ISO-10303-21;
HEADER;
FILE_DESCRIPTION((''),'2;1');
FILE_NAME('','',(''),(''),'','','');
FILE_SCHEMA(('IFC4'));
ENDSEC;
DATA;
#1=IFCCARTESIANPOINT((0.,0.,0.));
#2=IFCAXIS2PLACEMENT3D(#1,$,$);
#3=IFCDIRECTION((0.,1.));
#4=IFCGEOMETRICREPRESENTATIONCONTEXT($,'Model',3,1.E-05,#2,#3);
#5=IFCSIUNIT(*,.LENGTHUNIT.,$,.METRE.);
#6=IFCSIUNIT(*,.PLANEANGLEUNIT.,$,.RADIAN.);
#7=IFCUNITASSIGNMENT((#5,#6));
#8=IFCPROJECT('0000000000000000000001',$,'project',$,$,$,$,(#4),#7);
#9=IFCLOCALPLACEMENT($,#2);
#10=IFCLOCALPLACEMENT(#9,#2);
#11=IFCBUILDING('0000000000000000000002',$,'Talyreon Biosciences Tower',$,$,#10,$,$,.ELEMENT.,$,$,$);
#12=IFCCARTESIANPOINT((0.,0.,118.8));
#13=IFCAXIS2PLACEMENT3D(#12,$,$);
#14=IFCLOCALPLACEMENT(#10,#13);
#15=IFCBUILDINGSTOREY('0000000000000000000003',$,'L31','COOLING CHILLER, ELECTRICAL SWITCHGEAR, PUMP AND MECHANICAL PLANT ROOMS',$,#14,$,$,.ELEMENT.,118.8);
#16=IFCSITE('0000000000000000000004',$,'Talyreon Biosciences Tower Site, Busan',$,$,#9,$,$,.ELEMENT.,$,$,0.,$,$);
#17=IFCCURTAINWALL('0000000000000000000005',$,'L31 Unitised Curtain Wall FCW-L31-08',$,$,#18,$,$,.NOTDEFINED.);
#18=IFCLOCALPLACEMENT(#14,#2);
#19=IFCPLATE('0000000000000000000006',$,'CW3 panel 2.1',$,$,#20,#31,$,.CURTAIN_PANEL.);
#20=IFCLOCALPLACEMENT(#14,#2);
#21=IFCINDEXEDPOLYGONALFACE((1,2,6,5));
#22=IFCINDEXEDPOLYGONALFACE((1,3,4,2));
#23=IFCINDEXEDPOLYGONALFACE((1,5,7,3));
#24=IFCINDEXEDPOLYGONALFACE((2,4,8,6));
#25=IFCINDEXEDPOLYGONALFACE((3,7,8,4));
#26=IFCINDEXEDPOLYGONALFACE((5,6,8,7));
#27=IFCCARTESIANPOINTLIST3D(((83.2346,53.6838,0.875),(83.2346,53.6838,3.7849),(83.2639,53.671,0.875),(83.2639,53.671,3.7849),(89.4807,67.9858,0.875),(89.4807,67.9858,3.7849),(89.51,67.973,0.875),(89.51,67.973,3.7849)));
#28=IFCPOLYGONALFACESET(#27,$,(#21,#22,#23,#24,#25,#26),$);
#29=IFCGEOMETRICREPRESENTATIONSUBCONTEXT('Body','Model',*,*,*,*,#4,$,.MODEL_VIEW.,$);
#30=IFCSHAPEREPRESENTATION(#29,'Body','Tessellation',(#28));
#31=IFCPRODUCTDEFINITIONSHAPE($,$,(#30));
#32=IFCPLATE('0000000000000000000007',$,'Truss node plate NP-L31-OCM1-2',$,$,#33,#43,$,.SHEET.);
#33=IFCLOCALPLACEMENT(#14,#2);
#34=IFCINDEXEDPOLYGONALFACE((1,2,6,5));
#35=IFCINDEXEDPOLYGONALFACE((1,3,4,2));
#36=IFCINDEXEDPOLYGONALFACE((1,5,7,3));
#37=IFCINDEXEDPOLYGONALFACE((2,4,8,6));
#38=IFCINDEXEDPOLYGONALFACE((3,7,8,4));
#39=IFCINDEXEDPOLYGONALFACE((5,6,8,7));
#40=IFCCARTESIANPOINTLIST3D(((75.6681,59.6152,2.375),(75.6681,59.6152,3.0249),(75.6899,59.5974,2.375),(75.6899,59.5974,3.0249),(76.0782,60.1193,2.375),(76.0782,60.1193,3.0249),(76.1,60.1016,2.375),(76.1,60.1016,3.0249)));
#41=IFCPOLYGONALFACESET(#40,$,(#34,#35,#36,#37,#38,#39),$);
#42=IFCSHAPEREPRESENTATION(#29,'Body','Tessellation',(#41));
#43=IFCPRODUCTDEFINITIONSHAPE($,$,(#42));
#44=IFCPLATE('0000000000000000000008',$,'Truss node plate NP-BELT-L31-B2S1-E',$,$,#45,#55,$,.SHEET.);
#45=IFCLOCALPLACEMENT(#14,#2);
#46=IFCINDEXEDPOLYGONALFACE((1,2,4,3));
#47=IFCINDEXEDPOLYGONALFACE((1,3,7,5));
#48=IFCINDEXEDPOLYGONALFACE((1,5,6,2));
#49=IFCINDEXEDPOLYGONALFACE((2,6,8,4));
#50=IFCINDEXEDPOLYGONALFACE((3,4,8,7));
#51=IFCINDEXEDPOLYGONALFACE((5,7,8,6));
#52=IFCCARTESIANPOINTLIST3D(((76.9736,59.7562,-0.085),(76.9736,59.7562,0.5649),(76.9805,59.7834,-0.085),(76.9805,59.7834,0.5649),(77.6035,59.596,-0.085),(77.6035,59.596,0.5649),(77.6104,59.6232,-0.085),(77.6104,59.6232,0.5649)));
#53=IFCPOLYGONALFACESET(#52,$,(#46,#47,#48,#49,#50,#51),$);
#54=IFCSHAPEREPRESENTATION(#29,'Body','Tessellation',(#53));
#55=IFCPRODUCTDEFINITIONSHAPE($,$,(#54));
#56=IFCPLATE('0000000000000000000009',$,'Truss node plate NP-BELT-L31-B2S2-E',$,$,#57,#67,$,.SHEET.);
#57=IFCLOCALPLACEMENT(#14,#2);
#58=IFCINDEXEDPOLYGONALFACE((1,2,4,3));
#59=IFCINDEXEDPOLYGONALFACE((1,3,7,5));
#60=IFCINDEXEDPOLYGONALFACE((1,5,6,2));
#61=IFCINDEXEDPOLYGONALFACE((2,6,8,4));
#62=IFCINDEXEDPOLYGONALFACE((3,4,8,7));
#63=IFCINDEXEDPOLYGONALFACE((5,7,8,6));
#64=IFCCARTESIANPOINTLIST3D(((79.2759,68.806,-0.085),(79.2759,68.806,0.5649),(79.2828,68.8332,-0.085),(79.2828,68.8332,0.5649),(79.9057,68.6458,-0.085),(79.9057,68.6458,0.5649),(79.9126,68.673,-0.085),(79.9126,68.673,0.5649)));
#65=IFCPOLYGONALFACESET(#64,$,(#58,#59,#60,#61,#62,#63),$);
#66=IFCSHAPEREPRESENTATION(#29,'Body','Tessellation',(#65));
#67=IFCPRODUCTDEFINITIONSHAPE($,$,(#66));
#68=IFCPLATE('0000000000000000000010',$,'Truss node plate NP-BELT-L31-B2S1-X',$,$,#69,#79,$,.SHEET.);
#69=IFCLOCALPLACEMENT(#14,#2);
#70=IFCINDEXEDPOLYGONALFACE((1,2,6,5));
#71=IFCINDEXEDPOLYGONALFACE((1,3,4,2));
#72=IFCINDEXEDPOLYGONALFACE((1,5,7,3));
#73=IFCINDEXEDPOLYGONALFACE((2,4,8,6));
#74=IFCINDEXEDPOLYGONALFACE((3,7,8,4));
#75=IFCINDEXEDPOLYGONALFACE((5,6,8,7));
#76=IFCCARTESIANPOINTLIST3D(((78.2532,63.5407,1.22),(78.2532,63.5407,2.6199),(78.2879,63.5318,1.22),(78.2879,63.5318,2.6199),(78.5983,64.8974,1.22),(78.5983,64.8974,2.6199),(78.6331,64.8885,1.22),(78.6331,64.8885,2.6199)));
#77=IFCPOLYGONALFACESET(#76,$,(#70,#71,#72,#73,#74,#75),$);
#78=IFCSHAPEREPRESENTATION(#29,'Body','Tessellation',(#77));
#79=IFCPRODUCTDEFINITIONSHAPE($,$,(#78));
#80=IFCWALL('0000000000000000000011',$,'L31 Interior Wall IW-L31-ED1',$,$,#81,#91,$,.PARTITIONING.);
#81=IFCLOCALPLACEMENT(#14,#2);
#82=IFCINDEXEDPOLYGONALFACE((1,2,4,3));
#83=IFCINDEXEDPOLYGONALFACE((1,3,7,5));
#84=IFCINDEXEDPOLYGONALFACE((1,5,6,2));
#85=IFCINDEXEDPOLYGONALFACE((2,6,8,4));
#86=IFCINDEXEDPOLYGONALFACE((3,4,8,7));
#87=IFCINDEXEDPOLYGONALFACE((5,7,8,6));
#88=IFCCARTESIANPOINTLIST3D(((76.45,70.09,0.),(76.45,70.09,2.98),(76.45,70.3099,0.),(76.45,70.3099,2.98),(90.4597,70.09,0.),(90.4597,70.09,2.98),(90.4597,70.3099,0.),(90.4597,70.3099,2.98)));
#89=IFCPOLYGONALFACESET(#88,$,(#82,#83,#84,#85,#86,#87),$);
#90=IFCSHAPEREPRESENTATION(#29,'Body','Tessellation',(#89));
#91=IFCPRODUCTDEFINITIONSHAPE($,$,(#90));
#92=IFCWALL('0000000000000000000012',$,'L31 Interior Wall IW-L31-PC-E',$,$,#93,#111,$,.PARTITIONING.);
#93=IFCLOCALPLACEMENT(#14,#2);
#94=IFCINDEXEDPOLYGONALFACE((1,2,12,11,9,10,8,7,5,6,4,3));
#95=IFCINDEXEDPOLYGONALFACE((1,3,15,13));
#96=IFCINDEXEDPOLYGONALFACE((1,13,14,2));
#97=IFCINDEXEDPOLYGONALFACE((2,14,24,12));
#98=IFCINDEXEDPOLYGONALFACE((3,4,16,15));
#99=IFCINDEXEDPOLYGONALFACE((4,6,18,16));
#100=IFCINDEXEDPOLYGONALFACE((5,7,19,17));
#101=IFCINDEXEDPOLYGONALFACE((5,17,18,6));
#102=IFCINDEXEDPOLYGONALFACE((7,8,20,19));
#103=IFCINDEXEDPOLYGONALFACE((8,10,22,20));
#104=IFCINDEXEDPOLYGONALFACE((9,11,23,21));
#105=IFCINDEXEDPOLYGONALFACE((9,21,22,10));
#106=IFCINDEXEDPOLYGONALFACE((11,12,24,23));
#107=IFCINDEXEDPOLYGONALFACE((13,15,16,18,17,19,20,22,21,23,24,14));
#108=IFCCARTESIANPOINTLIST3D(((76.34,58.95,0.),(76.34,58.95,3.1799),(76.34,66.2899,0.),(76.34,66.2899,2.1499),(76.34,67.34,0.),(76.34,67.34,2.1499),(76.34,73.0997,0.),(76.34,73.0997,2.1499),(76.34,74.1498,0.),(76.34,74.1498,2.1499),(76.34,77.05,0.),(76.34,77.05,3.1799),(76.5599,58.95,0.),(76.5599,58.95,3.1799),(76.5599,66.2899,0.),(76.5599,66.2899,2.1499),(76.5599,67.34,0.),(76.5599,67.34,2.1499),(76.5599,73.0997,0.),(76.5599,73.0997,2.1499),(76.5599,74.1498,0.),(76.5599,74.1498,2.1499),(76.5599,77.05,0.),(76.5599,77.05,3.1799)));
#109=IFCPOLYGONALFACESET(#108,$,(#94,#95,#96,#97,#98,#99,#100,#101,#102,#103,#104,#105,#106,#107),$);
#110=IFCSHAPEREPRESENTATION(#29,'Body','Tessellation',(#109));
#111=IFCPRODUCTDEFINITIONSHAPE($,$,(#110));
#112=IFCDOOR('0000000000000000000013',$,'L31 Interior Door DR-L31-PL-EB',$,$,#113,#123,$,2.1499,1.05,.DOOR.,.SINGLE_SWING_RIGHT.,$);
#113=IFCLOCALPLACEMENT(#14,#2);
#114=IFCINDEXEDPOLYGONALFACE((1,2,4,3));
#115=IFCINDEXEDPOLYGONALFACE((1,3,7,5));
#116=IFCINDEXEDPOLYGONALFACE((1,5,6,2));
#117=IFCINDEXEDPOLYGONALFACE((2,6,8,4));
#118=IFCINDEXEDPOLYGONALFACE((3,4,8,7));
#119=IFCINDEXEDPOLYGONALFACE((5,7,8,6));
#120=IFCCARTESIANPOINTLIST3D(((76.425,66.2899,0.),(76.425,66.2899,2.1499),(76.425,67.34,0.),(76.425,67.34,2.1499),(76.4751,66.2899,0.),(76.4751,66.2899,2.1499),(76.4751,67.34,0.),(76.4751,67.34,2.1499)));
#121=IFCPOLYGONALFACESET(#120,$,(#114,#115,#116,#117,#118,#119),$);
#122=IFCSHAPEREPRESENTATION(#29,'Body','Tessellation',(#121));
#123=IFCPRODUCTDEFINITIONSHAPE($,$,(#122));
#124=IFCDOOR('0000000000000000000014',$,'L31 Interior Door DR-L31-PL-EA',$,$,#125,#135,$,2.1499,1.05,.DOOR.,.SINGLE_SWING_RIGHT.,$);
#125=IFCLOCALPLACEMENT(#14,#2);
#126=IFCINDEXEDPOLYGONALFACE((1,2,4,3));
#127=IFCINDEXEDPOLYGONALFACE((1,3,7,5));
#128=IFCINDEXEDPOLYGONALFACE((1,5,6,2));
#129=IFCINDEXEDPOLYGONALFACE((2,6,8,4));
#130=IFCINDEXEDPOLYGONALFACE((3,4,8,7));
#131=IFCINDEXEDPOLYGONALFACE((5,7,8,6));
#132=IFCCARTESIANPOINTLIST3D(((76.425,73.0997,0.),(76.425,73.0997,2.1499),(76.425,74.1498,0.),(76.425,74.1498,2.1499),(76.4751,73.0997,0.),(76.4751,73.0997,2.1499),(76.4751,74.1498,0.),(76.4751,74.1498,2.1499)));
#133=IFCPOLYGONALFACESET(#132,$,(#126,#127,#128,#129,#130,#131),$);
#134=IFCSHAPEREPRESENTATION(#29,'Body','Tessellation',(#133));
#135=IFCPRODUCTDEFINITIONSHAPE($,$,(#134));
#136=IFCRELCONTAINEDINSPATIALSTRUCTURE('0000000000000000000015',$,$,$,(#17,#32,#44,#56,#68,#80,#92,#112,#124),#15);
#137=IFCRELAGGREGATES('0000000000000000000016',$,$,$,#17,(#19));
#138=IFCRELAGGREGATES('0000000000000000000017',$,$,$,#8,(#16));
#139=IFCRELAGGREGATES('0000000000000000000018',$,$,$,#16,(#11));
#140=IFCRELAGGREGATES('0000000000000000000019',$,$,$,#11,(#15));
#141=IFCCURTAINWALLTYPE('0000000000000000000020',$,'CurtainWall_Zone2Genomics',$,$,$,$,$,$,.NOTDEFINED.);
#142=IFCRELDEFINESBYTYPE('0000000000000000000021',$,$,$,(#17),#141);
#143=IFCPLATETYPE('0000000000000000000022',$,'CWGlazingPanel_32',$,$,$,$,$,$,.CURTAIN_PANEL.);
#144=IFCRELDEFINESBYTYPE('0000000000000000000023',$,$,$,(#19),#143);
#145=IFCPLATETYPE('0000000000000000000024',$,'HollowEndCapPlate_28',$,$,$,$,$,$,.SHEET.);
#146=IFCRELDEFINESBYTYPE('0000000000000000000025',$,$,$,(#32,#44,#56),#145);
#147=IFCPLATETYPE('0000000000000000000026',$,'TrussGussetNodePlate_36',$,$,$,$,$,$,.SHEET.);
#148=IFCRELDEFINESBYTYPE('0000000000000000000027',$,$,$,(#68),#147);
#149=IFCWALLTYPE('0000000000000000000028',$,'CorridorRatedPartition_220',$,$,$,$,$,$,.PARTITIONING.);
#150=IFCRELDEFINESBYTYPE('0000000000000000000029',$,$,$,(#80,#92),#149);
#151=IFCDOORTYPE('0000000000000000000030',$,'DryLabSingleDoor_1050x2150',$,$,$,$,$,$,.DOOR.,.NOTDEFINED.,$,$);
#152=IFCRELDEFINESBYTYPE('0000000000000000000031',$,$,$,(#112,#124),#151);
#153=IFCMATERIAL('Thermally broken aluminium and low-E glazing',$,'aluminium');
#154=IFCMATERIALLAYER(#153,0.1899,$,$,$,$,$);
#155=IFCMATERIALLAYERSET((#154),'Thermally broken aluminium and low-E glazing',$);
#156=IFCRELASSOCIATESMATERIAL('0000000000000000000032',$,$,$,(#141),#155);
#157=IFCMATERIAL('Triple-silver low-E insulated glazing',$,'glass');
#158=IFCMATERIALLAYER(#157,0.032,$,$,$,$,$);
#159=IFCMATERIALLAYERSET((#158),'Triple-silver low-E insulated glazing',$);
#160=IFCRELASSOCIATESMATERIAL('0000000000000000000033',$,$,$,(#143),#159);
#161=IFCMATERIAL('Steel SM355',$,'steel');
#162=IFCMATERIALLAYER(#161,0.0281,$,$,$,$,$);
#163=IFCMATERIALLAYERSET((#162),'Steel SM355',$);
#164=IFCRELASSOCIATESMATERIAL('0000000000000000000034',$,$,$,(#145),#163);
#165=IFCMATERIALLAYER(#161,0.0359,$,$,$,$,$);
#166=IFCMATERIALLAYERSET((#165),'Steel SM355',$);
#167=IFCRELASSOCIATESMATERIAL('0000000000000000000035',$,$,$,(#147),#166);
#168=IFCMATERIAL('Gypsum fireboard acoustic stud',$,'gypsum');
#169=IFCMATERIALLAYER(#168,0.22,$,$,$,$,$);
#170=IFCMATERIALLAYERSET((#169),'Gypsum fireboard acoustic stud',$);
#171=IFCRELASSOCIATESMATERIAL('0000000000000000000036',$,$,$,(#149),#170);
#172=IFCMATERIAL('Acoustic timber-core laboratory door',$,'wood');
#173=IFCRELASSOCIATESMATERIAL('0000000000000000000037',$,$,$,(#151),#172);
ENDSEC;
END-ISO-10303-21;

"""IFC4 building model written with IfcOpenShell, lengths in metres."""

from ifc_helpers import new_model, si_unit, direction, frame, frame_2d, origin, origin_2d, place, context, subcontext, project, spatial, rectangle, extrude, material, layer, layer_set, type_object, element, fill, aggregate, save


model = new_model("IFC4")

# Units and contexts
model_context = context("Model", 3, precision=1e-05, world=origin(), true_north=direction((0.0, 1.0)))
body_context = subcontext(model_context, "Body", "Model", "MODEL_VIEW")
ifc_project = project(units=[si_unit("LENGTHUNIT", "METRE"), si_unit("PLANEANGLEUNIT", "RADIAN")], contexts=[model_context])

# Site, building, storey
site_placement = place(None, origin())
site = spatial("IfcSite", under=ifc_project, at=site_placement, Name="Talyreon Biosciences Tower Site, Busan", CompositionType="ELEMENT", RefElevation=0.0)
building_placement = place(site_placement, origin())
building = spatial("IfcBuilding", under=site, at=building_placement, Name="Talyreon Biosciences Tower", CompositionType="ELEMENT")
storey_placement = place(building_placement, frame((0.0, 0.0, 118.8)))
storey = spatial("IfcBuildingStorey", under=building, at=storey_placement, Name="L31", Description="COOLING CHILLER, ELECTRICAL SWITCHGEAR, PUMP AND MECHANICAL PLANT ROOMS", CompositionType="ELEMENT", Elevation=118.8)

# Shared definitions
ifc_material_1 = material(Name="Steel SM355", Category="steel")

# Curtain wall
ifc_material_2 = material(Name="Thermally broken aluminium and low-E glazing", Category="aluminium")
ifc_layer_1 = layer(ifc_material_2, 0.1899)
ifc_layer_set_1 = layer_set([ifc_layer_1], Name="Thermally broken aluminium and low-E glazing")
curtain_wall_type = type_object("IfcCurtainWallType", Name="CurtainWall_Zone2Genomics", PredefinedType="NOTDEFINED", material=ifc_layer_set_1)
curtain_wall_placement = place(storey_placement, origin())
curtain_wall = element("IfcCurtainWall", 1, at=curtain_wall_placement, inside=storey, type_object=curtain_wall_type, Name="L31 Unitised Curtain Wall FCW-L31-08", PredefinedType="NOTDEFINED")

# Plate
ifc_material_3 = material(Name="Triple-silver low-E insulated glazing", Category="glass")
ifc_layer_2 = layer(ifc_material_3, 0.032)
ifc_layer_set_2 = layer_set([ifc_layer_2], Name="Triple-silver low-E insulated glazing")
plate_type_1 = type_object("IfcPlateType", Name="CWGlazingPanel_32", PredefinedType="CURTAIN_PANEL", material=ifc_layer_set_2)
plate_1_placement = place(storey_placement, frame((86.3723, 60.8284, 0.875), z_axis=(0.0, 0.0, 1.0), x_axis=(-0.400226, -0.916416, 0.0)))
plate_1 = element("IfcPlate", 2, at=plate_1_placement, type_object=plate_type_1, Name="CW3 panel 2.1", PredefinedType="CURTAIN_PANEL", context=body_context, shape_type="SweptSolid", body=[
    extrude(rectangle(XDim=15.6064, YDim=0.032, at=origin_2d()), origin(), (0.0, 0.0, 1.0), 2.9099),
])
aggregate(curtain_wall, [plate_1])

# Plates
ifc_layer_3 = layer(ifc_material_1, 0.0281)
ifc_layer_set_3 = layer_set([ifc_layer_3], Name="Steel SM355")
plate_type_2 = type_object("IfcPlateType", Name="HollowEndCapPlate_28", PredefinedType="SHEET", material=ifc_layer_set_3)
for number, where, z_axis, x_axis, name in (
    (3, (75.884, 59.8584, 2.375), (0.0, 0.0, 1.0), (0.631001, 0.775782, 0.0), "Truss node plate NP-L31-OCM1-2"),
    (4, (77.292, 59.6897, -0.085), (0.0, 0.0, 1.0), (-0.969132, 0.246542, 0.0), "Truss node plate NP-BELT-L31-B2S1-E"),
    (5, (79.5942, 68.7395, -0.085), (0.0, 0.0, 1.0), (-0.969132, 0.246542, 0.0), "Truss node plate NP-BELT-L31-B2S2-E"),
):
    element("IfcPlate", number, at=place(storey_placement, frame(where, z_axis=z_axis, x_axis=x_axis)), inside=storey, type_object=plate_type_2, Name=name, PredefinedType="SHEET", context=body_context, shape_type="SweptSolid", body=[
        extrude(rectangle(XDim=0.6499, YDim=0.0281, at=origin_2d()), origin(), (0.0, 0.0, 1.0), 0.6499),
    ])
ifc_layer_4 = layer(ifc_material_1, 0.0359)
ifc_layer_set_4 = layer_set([ifc_layer_4], Name="Steel SM355")
plate_type_3 = type_object("IfcPlateType", Name="TrussGussetNodePlate_36", PredefinedType="SHEET", material=ifc_layer_set_4)
plate_2_placement = place(storey_placement, frame((78.4431, 64.2146, 1.22), z_axis=(0.0, 0.0, 1.0), x_axis=(0.246542, 0.969132, 0.0)))
element("IfcPlate", 6, at=plate_2_placement, inside=storey, type_object=plate_type_3, Name="Truss node plate NP-BELT-L31-B2S1-X", PredefinedType="SHEET", context=body_context, shape_type="SweptSolid", body=[
    extrude(rectangle(XDim=1.3999, YDim=0.0359, at=origin_2d()), origin(), (0.0, 0.0, 1.0), 1.3999),
])

# Wall
ifc_material_4 = material(Name="Gypsum fireboard acoustic stud", Category="gypsum")
ifc_layer_5 = layer(ifc_material_4, 0.22)
ifc_layer_set_5 = layer_set([ifc_layer_5], Name="Gypsum fireboard acoustic stud")
wall_type = type_object("IfcWallType", Name="CorridorRatedPartition_220", PredefinedType="PARTITIONING", material=ifc_layer_set_5)
wall_1_placement = place(storey_placement, frame((76.45, 70.2, 0.0), z_axis=(0.0, 0.0, 1.0), x_axis=(1.0, 0.0, 0.0)))
element("IfcWall", 7, at=wall_1_placement, inside=storey, type_object=wall_type, Name="L31 Interior Wall IW-L31-ED1", PredefinedType="PARTITIONING", context=body_context, shape_type="SweptSolid", body=[
    extrude(rectangle(XDim=14.0098, YDim=0.22, at=frame_2d((7.0049, 0.0))), origin(), (0.0, 0.0, 1.0), 2.98),
])

# Wall, openings, doors
wall_2_placement = place(storey_placement, frame((76.45, 58.95, 0.0), z_axis=(0.0, 0.0, 1.0), x_axis=(0.0, 1.0, 0.0)))
wall_2 = element("IfcWall", 8, at=wall_2_placement, inside=storey, type_object=wall_type, Name="L31 Interior Wall IW-L31-PC-E", PredefinedType="PARTITIONING", context=body_context, shape_type="SweptSolid", body=[
    extrude(rectangle(XDim=18.1001, YDim=0.22, at=frame_2d((9.05, 0.0))), origin(), (0.0, 0.0, 1.0), 3.1799),
])
opening_1_placement = place(wall_2_placement, frame((7.3401, 0.0, 0.0)))
opening_1 = element("IfcOpeningElement", 9, at=opening_1_placement, cuts=wall_2, PredefinedType="OPENING", context=body_context, shape_type="SweptSolid", body=[
    extrude(rectangle(XDim=1.05, YDim=2.1499, at=frame_2d((0.5249, 1.075))), frame((0.0, 0.1199, 0.0), z_axis=(0.0, -1.0, 0.0), x_axis=(1.0, 0.0, 0.0)), (0.0, 0.0, 1.0), 0.24),
])
opening_2_placement = place(wall_2_placement, frame((14.1499, 0.0, 0.0)))
opening_2 = element("IfcOpeningElement", 10, at=opening_2_placement, cuts=wall_2, PredefinedType="OPENING", context=body_context, shape_type="SweptSolid", body=[
    extrude(rectangle(XDim=1.05, YDim=2.1499, at=frame_2d((0.5249, 1.075))), frame((0.0, 0.1199, 0.0), z_axis=(0.0, -1.0, 0.0), x_axis=(1.0, 0.0, 0.0)), (0.0, 0.0, 1.0), 0.24),
])
ifc_material_5 = material(Name="Acoustic timber-core laboratory door", Category="wood")
door_type = type_object("IfcDoorType", Name="DryLabSingleDoor_1050x2150", OperationType="NOTDEFINED", PredefinedType="DOOR", material=ifc_material_5)
door_1_placement = place(opening_1_placement, origin())
door_1 = element("IfcDoor", 11, at=door_1_placement, inside=storey, type_object=door_type, Name="L31 Interior Door DR-L31-PL-EB", OperationType="SINGLE_SWING_RIGHT", OverallHeight=2.1499, OverallWidth=1.05, PredefinedType="DOOR", context=body_context, shape_type="SweptSolid", body=[
    extrude(rectangle(XDim=1.05, YDim=2.1499, at=frame_2d((0.5249, 1.075))), frame((0.0, 0.0249, 0.0), z_axis=(0.0, -1.0, 0.0), x_axis=(1.0, 0.0, 0.0)), (0.0, 0.0, 1.0), 0.05),
])
fill(opening_1, door_1)
door_2_placement = place(opening_2_placement, origin())
door_2 = element("IfcDoor", 12, at=door_2_placement, inside=storey, type_object=door_type, Name="L31 Interior Door DR-L31-PL-EA", OperationType="SINGLE_SWING_RIGHT", OverallHeight=2.1499, OverallWidth=1.05, PredefinedType="DOOR", context=body_context, shape_type="SweptSolid", body=[
    extrude(rectangle(XDim=1.05, YDim=2.1499, at=frame_2d((0.5249, 1.075))), frame((0.0, 0.0249, 0.0), z_axis=(0.0, -1.0, 0.0), x_axis=(1.0, 0.0, 0.0)), (0.0, 0.0, 1.0), 0.05),
])
fill(opening_2, door_2)

save(model, "model.ifc")
